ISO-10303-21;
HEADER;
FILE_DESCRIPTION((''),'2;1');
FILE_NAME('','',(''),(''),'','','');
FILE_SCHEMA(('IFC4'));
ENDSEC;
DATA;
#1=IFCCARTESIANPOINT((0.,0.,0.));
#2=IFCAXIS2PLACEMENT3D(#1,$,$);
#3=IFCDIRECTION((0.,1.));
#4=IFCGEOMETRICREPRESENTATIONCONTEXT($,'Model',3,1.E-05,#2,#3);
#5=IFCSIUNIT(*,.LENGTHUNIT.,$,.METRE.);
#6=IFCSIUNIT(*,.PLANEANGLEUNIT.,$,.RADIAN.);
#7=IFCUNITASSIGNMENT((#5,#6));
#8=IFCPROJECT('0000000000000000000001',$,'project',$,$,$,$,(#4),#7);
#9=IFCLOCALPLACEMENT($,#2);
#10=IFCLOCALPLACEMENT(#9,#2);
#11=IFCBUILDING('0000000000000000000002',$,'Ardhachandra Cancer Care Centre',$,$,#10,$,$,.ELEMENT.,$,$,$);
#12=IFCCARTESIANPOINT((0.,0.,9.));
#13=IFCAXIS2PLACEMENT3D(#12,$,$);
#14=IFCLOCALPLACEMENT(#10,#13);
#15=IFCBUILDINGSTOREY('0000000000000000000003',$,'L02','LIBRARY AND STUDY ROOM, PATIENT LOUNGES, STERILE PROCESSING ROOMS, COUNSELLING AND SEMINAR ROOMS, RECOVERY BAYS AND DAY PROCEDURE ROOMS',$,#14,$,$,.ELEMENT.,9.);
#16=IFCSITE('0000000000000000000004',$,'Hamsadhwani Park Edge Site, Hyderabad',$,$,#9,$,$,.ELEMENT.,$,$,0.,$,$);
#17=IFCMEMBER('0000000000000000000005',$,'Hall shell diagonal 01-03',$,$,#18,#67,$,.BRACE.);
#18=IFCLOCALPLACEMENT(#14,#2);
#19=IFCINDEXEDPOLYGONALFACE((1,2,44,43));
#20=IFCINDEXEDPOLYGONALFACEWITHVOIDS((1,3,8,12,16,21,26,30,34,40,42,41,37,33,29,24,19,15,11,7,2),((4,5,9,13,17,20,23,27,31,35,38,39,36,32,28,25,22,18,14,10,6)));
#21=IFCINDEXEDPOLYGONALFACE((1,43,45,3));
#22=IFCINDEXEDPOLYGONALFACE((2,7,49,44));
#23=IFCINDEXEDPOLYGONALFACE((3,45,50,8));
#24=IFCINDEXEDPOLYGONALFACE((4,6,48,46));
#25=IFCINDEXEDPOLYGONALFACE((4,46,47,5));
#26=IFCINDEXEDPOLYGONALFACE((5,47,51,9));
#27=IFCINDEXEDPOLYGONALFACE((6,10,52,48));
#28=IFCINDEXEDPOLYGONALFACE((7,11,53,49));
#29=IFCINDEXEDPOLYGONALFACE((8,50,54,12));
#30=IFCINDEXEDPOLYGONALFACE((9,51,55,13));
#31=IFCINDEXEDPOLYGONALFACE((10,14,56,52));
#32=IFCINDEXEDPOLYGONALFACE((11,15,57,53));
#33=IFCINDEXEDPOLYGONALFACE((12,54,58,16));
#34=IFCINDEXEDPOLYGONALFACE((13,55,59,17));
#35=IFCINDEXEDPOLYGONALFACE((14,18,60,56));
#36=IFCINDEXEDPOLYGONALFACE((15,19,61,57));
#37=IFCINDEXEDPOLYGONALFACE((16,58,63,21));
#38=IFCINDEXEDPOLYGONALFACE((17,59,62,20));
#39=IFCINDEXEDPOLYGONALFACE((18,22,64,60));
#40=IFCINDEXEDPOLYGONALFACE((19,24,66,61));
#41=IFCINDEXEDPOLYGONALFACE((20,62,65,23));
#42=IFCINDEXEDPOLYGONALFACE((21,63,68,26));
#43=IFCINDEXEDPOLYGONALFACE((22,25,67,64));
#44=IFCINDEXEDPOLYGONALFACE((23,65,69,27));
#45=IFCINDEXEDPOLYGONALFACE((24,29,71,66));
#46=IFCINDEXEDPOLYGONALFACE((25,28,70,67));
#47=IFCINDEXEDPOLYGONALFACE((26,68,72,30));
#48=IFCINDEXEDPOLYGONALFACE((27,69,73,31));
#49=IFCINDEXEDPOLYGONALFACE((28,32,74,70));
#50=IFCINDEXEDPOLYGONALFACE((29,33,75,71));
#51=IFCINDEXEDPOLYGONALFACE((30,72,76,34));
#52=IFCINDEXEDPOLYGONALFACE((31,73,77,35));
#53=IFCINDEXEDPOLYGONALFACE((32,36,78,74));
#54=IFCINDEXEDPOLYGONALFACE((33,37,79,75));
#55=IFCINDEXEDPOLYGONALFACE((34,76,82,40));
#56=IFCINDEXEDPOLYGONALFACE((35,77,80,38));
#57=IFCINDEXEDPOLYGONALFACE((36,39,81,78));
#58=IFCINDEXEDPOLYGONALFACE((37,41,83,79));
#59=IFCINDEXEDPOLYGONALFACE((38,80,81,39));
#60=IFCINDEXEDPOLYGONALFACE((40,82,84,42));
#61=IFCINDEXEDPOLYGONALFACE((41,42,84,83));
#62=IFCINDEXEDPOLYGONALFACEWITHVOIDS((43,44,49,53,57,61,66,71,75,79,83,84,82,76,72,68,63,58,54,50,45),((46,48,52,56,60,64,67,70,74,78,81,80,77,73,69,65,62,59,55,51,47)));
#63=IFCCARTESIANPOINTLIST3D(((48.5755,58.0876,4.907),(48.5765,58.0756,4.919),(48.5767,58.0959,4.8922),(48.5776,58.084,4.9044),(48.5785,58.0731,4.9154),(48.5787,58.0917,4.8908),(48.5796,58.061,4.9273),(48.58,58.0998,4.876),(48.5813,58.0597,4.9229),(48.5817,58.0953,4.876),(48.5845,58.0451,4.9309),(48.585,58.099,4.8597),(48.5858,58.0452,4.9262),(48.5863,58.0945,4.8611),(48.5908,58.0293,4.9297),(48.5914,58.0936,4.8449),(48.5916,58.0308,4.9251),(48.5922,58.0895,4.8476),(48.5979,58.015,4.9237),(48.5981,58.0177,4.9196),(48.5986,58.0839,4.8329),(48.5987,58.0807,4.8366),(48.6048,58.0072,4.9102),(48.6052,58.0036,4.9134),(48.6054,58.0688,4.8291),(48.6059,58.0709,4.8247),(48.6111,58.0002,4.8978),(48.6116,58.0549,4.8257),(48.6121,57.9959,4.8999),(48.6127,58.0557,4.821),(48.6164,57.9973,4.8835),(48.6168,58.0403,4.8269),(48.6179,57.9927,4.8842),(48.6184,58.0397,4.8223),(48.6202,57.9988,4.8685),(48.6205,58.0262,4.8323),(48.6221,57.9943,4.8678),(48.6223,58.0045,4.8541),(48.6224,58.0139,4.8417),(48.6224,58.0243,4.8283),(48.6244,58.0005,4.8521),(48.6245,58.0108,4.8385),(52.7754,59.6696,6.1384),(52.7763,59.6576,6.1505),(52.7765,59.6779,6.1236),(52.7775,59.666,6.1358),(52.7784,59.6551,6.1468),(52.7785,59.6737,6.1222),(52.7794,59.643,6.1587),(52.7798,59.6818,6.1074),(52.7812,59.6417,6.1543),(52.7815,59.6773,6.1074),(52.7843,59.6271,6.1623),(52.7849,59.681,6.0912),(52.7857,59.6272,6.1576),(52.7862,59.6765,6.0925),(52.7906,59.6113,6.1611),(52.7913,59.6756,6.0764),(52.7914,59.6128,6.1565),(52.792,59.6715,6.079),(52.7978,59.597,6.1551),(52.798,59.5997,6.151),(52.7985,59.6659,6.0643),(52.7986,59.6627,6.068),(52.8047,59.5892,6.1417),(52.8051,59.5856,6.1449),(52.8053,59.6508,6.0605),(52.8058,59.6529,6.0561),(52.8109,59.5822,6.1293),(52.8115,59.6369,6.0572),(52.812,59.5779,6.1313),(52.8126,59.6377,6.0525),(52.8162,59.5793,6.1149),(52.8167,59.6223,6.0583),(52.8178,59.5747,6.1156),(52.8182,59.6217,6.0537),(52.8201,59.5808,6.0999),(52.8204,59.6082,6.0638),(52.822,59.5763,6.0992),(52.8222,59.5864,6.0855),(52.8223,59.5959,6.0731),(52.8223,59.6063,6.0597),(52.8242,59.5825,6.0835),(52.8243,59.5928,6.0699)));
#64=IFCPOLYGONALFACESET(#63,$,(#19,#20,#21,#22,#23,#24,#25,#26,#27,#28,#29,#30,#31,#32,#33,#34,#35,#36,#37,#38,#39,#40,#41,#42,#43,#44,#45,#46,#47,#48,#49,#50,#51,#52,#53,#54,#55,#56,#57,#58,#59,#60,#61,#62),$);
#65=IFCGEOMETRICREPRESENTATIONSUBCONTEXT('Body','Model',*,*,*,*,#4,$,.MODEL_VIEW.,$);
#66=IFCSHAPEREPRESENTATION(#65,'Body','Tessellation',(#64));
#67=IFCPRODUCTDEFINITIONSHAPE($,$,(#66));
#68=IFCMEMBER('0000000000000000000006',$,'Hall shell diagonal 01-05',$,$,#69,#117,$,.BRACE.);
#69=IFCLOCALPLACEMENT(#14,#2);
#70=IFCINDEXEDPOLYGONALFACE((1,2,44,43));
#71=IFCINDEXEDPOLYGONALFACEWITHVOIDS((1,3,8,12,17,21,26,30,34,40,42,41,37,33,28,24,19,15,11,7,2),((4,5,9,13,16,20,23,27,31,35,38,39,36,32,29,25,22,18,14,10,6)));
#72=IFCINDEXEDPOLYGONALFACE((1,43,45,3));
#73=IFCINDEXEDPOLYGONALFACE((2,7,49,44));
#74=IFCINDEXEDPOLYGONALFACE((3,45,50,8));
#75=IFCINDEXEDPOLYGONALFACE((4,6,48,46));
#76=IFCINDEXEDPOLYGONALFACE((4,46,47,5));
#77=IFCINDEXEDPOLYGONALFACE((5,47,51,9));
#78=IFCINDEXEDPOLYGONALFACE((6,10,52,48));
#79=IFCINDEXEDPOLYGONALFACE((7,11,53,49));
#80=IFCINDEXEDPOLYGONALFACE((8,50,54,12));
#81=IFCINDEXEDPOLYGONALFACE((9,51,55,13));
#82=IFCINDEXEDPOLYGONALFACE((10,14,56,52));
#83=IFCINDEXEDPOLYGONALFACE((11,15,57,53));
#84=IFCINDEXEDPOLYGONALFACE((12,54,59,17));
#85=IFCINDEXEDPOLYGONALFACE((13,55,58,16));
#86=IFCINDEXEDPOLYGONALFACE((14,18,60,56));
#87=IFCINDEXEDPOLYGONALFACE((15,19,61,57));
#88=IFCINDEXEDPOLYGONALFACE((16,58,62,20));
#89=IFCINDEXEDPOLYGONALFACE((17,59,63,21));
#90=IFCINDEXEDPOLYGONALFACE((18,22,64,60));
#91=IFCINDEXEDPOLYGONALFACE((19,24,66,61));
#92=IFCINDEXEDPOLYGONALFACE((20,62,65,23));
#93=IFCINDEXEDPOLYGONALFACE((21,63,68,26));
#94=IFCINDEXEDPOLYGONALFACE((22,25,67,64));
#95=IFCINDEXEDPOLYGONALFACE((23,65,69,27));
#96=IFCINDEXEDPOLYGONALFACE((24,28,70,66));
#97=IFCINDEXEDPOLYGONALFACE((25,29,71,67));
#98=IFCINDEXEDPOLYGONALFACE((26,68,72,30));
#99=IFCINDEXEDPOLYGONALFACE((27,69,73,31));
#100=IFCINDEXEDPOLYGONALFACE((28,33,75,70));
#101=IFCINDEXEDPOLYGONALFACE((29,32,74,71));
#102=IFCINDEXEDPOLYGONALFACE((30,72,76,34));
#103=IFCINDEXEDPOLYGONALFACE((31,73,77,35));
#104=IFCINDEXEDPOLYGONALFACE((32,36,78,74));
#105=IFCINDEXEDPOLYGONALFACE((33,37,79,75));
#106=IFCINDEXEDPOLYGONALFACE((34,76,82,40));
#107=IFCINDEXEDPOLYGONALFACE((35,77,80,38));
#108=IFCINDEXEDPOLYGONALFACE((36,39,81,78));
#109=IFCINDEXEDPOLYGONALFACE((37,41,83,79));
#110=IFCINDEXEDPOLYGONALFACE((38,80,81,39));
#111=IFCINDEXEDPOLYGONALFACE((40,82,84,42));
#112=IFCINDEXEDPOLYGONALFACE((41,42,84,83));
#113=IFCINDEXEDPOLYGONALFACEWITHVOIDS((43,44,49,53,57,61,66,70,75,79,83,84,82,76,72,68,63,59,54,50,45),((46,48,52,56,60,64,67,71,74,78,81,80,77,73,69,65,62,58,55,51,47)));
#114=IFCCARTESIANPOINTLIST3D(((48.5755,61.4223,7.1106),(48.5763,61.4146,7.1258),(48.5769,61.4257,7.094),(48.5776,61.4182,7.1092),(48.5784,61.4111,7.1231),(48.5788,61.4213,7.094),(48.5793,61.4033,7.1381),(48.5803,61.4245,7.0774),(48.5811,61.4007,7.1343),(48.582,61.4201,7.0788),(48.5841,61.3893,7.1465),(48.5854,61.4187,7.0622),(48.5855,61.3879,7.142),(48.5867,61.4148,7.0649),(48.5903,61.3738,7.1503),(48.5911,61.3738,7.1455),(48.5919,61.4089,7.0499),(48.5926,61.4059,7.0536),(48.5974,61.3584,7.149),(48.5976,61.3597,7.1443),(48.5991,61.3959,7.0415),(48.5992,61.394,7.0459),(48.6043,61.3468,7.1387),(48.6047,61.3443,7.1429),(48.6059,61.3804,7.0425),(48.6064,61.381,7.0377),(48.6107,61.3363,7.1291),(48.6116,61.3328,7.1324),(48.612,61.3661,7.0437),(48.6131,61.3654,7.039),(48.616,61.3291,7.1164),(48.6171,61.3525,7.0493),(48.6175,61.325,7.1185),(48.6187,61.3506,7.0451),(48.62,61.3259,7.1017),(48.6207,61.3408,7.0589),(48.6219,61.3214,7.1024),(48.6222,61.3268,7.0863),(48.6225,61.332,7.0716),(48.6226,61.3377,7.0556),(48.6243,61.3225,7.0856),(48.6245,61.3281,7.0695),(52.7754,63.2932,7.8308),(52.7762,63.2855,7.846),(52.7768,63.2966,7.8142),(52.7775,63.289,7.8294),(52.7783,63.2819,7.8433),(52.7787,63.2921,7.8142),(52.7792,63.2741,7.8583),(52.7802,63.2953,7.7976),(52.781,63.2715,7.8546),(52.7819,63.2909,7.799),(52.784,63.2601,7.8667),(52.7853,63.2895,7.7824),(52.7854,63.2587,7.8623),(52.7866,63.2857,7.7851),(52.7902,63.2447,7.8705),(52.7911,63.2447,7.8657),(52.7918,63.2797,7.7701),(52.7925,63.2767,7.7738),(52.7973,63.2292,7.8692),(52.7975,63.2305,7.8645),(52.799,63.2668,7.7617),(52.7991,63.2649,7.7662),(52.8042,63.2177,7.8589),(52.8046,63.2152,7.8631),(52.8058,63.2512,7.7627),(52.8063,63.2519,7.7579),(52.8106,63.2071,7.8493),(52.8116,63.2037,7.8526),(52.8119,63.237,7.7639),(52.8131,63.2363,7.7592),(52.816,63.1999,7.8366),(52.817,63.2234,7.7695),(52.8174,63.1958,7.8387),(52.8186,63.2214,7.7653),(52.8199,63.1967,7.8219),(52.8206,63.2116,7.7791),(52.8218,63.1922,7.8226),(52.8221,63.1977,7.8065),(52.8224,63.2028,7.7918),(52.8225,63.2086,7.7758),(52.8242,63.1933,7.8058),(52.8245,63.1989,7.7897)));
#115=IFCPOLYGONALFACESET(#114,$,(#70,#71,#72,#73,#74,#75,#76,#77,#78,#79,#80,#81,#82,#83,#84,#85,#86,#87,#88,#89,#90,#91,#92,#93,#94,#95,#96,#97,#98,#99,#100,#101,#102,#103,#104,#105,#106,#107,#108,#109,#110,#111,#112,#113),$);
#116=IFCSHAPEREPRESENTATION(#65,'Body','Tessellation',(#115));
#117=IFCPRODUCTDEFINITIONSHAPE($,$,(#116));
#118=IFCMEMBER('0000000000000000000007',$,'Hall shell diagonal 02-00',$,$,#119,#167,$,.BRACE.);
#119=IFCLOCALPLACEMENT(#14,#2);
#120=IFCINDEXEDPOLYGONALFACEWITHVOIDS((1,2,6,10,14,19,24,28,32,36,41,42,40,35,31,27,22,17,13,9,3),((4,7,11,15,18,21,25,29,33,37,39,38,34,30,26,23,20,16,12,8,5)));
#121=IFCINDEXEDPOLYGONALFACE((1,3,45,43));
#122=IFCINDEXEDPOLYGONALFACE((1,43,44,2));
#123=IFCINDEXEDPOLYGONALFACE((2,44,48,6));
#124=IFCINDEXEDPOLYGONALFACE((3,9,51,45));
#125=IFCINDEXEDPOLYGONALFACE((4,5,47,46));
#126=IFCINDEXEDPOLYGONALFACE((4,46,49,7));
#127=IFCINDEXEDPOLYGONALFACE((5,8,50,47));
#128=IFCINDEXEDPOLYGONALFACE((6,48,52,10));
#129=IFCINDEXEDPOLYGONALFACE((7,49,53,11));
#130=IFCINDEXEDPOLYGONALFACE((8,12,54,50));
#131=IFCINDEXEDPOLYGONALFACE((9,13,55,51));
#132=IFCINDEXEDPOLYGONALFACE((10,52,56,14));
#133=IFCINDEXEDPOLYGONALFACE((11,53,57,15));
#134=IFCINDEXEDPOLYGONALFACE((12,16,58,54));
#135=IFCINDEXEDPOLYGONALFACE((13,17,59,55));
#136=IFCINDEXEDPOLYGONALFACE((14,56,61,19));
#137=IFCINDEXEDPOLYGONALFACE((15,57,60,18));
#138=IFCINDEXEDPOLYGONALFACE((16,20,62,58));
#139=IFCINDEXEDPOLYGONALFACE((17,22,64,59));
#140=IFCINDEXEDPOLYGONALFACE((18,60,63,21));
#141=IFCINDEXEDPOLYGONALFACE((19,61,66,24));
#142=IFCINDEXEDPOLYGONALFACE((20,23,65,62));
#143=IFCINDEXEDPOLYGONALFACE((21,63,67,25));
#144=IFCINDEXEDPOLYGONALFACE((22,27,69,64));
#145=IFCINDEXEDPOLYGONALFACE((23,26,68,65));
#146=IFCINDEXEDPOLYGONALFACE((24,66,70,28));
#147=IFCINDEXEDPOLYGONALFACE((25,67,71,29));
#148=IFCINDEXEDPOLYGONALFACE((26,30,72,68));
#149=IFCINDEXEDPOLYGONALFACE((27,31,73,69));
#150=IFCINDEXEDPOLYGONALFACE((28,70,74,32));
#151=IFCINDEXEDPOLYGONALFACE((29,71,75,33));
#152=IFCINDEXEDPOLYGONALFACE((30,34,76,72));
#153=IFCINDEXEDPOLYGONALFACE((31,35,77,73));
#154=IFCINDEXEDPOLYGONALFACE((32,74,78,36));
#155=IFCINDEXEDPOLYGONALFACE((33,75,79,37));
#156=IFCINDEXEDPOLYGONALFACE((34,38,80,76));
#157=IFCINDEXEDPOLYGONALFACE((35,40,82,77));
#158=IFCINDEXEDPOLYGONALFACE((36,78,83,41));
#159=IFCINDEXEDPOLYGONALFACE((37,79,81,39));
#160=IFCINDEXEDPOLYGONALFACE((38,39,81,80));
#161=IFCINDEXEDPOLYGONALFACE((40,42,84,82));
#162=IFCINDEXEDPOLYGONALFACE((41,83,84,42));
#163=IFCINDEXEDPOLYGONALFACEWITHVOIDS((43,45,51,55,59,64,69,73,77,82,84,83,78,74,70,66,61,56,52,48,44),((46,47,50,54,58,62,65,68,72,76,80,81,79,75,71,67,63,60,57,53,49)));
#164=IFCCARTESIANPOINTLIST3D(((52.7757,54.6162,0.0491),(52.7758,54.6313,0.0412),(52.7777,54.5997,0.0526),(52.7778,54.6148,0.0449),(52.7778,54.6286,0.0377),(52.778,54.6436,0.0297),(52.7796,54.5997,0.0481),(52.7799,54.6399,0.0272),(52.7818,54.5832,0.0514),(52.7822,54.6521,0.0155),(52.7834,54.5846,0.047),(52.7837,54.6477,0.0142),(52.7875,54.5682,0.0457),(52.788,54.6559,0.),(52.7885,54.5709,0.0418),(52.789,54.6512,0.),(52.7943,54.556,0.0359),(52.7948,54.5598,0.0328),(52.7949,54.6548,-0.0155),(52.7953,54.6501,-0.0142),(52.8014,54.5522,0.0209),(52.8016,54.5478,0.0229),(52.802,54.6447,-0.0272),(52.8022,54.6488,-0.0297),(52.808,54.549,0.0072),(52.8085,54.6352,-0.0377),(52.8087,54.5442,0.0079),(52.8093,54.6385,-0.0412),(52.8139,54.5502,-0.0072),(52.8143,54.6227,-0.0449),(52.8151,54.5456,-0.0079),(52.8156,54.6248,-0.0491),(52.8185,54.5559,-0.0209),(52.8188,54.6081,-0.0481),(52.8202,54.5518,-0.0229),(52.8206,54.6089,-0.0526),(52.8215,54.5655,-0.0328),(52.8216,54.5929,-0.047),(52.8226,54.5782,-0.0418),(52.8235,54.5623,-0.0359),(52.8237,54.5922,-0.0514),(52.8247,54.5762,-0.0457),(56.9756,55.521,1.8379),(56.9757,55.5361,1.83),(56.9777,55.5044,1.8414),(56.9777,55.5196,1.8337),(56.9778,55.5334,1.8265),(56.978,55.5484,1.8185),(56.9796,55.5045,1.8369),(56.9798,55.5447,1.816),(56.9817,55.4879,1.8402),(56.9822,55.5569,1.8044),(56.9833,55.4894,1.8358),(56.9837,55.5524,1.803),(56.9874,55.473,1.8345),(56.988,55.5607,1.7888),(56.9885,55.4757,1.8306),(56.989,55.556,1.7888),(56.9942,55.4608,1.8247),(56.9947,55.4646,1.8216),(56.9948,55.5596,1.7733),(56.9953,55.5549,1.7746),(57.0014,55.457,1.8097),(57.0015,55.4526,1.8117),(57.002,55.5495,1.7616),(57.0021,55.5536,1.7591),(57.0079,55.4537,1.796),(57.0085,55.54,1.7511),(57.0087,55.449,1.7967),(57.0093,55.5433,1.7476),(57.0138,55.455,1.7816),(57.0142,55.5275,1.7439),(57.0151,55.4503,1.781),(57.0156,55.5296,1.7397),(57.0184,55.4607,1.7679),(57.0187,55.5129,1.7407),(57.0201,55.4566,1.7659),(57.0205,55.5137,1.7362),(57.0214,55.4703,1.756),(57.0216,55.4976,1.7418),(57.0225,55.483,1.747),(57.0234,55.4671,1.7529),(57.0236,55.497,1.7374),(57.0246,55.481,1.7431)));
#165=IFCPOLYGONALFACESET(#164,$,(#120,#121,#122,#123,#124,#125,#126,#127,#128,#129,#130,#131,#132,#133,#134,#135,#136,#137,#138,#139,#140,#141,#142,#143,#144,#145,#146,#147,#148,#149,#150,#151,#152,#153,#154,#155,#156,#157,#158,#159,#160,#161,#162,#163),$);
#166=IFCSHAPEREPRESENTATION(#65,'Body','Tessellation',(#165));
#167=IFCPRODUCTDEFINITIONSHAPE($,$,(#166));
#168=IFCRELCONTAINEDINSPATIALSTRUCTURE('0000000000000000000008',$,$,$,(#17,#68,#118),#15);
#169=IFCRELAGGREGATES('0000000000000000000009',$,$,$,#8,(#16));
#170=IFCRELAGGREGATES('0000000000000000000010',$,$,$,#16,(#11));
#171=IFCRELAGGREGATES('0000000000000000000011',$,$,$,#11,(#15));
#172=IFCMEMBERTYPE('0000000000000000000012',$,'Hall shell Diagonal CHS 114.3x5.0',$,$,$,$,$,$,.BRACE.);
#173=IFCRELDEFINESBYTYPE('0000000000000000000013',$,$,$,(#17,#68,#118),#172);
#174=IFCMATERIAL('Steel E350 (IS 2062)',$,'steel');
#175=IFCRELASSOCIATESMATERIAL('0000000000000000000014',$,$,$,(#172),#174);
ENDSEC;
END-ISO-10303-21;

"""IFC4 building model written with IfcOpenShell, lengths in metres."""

from ifc_helpers import new_model, si_unit, direction, frame, origin, origin_2d, place, context, subcontext, project, spatial, hollow_circle, extrude, material, material_profile, profile_set, type_object, element, save


model = new_model("IFC4")

# Units and contexts
model_context = context("Model", 3, precision=1e-05, world=origin(), true_north=direction((0.0, 1.0)))
body_context = subcontext(model_context, "Body", "Model", "MODEL_VIEW")
ifc_project = project(units=[si_unit("LENGTHUNIT", "METRE"), si_unit("PLANEANGLEUNIT", "RADIAN")], contexts=[model_context])

# Site, building, storey
site_placement = place(None, origin())
site = spatial("IfcSite", under=ifc_project, at=site_placement, Name="Hamsadhwani Park Edge Site, Hyderabad", CompositionType="ELEMENT", RefElevation=0.0)
building_placement = place(site_placement, origin())
building = spatial("IfcBuilding", under=site, at=building_placement, Name="Ardhachandra Cancer Care Centre", CompositionType="ELEMENT")
storey_placement = place(building_placement, frame((0.0, 0.0, 9.0)))
storey = spatial("IfcBuildingStorey", under=building, at=storey_placement, Name="L02", Description="LIBRARY AND STUDY ROOM, PATIENT LOUNGES, STERILE PROCESSING ROOMS, COUNSELLING AND SEMINAR ROOMS, RECOVERY BAYS AND DAY PROCEDURE ROOMS", CompositionType="ELEMENT", Elevation=9.0)

# Members
ifc_material_1 = material(Name="Steel E350 (IS 2062)", Category="steel")
ifc_material_profile_1 = material_profile(ifc_material_1, hollow_circle(Radius=0.0571, WallThickness=0.0049, at=origin_2d()), Name="CHS 114.3x5.0")
ifc_profile_set_1 = profile_set([ifc_material_profile_1], Name="Steel E350 (IS 2062)")
member_type_1 = type_object("IfcMemberType", Name="Hall shell Diagonal CHS 114.3x5.0", PredefinedType="BRACE", material=ifc_profile_set_1)
for number, where, z_axis, x_axis, name in (
    (1, (48.6001, 58.0464, 4.876), (0.902457, 0.339936, 0.264605), (-0.3525, 0.935812, 0.0), "Hall shell diagonal 01-03"),
    (2, (48.6001, 61.3735, 7.094), (0.902467, 0.402, 0.154757), (-0.406902, 0.913472, 0.0), "Hall shell diagonal 01-05"),
    (3, (52.8, 54.6001, 0.0), (0.902473, 0.194417, 0.384376), (-0.210596, 0.977573, 0.0), "Hall shell diagonal 02-00"),
):
    element("IfcMember", number, at=place(storey_placement, frame(where, z_axis=z_axis, x_axis=x_axis)), inside=storey, type_object=member_type_1, Name=name, PredefinedType="BRACE", context=body_context, shape_type="SweptSolid", body=[
        extrude(hollow_circle(Radius=0.0571, WallThickness=0.0049, at=origin_2d()), origin(), (0.0, 0.0, 1.0), 4.6538),
    ])

save(model, "model.ifc")
